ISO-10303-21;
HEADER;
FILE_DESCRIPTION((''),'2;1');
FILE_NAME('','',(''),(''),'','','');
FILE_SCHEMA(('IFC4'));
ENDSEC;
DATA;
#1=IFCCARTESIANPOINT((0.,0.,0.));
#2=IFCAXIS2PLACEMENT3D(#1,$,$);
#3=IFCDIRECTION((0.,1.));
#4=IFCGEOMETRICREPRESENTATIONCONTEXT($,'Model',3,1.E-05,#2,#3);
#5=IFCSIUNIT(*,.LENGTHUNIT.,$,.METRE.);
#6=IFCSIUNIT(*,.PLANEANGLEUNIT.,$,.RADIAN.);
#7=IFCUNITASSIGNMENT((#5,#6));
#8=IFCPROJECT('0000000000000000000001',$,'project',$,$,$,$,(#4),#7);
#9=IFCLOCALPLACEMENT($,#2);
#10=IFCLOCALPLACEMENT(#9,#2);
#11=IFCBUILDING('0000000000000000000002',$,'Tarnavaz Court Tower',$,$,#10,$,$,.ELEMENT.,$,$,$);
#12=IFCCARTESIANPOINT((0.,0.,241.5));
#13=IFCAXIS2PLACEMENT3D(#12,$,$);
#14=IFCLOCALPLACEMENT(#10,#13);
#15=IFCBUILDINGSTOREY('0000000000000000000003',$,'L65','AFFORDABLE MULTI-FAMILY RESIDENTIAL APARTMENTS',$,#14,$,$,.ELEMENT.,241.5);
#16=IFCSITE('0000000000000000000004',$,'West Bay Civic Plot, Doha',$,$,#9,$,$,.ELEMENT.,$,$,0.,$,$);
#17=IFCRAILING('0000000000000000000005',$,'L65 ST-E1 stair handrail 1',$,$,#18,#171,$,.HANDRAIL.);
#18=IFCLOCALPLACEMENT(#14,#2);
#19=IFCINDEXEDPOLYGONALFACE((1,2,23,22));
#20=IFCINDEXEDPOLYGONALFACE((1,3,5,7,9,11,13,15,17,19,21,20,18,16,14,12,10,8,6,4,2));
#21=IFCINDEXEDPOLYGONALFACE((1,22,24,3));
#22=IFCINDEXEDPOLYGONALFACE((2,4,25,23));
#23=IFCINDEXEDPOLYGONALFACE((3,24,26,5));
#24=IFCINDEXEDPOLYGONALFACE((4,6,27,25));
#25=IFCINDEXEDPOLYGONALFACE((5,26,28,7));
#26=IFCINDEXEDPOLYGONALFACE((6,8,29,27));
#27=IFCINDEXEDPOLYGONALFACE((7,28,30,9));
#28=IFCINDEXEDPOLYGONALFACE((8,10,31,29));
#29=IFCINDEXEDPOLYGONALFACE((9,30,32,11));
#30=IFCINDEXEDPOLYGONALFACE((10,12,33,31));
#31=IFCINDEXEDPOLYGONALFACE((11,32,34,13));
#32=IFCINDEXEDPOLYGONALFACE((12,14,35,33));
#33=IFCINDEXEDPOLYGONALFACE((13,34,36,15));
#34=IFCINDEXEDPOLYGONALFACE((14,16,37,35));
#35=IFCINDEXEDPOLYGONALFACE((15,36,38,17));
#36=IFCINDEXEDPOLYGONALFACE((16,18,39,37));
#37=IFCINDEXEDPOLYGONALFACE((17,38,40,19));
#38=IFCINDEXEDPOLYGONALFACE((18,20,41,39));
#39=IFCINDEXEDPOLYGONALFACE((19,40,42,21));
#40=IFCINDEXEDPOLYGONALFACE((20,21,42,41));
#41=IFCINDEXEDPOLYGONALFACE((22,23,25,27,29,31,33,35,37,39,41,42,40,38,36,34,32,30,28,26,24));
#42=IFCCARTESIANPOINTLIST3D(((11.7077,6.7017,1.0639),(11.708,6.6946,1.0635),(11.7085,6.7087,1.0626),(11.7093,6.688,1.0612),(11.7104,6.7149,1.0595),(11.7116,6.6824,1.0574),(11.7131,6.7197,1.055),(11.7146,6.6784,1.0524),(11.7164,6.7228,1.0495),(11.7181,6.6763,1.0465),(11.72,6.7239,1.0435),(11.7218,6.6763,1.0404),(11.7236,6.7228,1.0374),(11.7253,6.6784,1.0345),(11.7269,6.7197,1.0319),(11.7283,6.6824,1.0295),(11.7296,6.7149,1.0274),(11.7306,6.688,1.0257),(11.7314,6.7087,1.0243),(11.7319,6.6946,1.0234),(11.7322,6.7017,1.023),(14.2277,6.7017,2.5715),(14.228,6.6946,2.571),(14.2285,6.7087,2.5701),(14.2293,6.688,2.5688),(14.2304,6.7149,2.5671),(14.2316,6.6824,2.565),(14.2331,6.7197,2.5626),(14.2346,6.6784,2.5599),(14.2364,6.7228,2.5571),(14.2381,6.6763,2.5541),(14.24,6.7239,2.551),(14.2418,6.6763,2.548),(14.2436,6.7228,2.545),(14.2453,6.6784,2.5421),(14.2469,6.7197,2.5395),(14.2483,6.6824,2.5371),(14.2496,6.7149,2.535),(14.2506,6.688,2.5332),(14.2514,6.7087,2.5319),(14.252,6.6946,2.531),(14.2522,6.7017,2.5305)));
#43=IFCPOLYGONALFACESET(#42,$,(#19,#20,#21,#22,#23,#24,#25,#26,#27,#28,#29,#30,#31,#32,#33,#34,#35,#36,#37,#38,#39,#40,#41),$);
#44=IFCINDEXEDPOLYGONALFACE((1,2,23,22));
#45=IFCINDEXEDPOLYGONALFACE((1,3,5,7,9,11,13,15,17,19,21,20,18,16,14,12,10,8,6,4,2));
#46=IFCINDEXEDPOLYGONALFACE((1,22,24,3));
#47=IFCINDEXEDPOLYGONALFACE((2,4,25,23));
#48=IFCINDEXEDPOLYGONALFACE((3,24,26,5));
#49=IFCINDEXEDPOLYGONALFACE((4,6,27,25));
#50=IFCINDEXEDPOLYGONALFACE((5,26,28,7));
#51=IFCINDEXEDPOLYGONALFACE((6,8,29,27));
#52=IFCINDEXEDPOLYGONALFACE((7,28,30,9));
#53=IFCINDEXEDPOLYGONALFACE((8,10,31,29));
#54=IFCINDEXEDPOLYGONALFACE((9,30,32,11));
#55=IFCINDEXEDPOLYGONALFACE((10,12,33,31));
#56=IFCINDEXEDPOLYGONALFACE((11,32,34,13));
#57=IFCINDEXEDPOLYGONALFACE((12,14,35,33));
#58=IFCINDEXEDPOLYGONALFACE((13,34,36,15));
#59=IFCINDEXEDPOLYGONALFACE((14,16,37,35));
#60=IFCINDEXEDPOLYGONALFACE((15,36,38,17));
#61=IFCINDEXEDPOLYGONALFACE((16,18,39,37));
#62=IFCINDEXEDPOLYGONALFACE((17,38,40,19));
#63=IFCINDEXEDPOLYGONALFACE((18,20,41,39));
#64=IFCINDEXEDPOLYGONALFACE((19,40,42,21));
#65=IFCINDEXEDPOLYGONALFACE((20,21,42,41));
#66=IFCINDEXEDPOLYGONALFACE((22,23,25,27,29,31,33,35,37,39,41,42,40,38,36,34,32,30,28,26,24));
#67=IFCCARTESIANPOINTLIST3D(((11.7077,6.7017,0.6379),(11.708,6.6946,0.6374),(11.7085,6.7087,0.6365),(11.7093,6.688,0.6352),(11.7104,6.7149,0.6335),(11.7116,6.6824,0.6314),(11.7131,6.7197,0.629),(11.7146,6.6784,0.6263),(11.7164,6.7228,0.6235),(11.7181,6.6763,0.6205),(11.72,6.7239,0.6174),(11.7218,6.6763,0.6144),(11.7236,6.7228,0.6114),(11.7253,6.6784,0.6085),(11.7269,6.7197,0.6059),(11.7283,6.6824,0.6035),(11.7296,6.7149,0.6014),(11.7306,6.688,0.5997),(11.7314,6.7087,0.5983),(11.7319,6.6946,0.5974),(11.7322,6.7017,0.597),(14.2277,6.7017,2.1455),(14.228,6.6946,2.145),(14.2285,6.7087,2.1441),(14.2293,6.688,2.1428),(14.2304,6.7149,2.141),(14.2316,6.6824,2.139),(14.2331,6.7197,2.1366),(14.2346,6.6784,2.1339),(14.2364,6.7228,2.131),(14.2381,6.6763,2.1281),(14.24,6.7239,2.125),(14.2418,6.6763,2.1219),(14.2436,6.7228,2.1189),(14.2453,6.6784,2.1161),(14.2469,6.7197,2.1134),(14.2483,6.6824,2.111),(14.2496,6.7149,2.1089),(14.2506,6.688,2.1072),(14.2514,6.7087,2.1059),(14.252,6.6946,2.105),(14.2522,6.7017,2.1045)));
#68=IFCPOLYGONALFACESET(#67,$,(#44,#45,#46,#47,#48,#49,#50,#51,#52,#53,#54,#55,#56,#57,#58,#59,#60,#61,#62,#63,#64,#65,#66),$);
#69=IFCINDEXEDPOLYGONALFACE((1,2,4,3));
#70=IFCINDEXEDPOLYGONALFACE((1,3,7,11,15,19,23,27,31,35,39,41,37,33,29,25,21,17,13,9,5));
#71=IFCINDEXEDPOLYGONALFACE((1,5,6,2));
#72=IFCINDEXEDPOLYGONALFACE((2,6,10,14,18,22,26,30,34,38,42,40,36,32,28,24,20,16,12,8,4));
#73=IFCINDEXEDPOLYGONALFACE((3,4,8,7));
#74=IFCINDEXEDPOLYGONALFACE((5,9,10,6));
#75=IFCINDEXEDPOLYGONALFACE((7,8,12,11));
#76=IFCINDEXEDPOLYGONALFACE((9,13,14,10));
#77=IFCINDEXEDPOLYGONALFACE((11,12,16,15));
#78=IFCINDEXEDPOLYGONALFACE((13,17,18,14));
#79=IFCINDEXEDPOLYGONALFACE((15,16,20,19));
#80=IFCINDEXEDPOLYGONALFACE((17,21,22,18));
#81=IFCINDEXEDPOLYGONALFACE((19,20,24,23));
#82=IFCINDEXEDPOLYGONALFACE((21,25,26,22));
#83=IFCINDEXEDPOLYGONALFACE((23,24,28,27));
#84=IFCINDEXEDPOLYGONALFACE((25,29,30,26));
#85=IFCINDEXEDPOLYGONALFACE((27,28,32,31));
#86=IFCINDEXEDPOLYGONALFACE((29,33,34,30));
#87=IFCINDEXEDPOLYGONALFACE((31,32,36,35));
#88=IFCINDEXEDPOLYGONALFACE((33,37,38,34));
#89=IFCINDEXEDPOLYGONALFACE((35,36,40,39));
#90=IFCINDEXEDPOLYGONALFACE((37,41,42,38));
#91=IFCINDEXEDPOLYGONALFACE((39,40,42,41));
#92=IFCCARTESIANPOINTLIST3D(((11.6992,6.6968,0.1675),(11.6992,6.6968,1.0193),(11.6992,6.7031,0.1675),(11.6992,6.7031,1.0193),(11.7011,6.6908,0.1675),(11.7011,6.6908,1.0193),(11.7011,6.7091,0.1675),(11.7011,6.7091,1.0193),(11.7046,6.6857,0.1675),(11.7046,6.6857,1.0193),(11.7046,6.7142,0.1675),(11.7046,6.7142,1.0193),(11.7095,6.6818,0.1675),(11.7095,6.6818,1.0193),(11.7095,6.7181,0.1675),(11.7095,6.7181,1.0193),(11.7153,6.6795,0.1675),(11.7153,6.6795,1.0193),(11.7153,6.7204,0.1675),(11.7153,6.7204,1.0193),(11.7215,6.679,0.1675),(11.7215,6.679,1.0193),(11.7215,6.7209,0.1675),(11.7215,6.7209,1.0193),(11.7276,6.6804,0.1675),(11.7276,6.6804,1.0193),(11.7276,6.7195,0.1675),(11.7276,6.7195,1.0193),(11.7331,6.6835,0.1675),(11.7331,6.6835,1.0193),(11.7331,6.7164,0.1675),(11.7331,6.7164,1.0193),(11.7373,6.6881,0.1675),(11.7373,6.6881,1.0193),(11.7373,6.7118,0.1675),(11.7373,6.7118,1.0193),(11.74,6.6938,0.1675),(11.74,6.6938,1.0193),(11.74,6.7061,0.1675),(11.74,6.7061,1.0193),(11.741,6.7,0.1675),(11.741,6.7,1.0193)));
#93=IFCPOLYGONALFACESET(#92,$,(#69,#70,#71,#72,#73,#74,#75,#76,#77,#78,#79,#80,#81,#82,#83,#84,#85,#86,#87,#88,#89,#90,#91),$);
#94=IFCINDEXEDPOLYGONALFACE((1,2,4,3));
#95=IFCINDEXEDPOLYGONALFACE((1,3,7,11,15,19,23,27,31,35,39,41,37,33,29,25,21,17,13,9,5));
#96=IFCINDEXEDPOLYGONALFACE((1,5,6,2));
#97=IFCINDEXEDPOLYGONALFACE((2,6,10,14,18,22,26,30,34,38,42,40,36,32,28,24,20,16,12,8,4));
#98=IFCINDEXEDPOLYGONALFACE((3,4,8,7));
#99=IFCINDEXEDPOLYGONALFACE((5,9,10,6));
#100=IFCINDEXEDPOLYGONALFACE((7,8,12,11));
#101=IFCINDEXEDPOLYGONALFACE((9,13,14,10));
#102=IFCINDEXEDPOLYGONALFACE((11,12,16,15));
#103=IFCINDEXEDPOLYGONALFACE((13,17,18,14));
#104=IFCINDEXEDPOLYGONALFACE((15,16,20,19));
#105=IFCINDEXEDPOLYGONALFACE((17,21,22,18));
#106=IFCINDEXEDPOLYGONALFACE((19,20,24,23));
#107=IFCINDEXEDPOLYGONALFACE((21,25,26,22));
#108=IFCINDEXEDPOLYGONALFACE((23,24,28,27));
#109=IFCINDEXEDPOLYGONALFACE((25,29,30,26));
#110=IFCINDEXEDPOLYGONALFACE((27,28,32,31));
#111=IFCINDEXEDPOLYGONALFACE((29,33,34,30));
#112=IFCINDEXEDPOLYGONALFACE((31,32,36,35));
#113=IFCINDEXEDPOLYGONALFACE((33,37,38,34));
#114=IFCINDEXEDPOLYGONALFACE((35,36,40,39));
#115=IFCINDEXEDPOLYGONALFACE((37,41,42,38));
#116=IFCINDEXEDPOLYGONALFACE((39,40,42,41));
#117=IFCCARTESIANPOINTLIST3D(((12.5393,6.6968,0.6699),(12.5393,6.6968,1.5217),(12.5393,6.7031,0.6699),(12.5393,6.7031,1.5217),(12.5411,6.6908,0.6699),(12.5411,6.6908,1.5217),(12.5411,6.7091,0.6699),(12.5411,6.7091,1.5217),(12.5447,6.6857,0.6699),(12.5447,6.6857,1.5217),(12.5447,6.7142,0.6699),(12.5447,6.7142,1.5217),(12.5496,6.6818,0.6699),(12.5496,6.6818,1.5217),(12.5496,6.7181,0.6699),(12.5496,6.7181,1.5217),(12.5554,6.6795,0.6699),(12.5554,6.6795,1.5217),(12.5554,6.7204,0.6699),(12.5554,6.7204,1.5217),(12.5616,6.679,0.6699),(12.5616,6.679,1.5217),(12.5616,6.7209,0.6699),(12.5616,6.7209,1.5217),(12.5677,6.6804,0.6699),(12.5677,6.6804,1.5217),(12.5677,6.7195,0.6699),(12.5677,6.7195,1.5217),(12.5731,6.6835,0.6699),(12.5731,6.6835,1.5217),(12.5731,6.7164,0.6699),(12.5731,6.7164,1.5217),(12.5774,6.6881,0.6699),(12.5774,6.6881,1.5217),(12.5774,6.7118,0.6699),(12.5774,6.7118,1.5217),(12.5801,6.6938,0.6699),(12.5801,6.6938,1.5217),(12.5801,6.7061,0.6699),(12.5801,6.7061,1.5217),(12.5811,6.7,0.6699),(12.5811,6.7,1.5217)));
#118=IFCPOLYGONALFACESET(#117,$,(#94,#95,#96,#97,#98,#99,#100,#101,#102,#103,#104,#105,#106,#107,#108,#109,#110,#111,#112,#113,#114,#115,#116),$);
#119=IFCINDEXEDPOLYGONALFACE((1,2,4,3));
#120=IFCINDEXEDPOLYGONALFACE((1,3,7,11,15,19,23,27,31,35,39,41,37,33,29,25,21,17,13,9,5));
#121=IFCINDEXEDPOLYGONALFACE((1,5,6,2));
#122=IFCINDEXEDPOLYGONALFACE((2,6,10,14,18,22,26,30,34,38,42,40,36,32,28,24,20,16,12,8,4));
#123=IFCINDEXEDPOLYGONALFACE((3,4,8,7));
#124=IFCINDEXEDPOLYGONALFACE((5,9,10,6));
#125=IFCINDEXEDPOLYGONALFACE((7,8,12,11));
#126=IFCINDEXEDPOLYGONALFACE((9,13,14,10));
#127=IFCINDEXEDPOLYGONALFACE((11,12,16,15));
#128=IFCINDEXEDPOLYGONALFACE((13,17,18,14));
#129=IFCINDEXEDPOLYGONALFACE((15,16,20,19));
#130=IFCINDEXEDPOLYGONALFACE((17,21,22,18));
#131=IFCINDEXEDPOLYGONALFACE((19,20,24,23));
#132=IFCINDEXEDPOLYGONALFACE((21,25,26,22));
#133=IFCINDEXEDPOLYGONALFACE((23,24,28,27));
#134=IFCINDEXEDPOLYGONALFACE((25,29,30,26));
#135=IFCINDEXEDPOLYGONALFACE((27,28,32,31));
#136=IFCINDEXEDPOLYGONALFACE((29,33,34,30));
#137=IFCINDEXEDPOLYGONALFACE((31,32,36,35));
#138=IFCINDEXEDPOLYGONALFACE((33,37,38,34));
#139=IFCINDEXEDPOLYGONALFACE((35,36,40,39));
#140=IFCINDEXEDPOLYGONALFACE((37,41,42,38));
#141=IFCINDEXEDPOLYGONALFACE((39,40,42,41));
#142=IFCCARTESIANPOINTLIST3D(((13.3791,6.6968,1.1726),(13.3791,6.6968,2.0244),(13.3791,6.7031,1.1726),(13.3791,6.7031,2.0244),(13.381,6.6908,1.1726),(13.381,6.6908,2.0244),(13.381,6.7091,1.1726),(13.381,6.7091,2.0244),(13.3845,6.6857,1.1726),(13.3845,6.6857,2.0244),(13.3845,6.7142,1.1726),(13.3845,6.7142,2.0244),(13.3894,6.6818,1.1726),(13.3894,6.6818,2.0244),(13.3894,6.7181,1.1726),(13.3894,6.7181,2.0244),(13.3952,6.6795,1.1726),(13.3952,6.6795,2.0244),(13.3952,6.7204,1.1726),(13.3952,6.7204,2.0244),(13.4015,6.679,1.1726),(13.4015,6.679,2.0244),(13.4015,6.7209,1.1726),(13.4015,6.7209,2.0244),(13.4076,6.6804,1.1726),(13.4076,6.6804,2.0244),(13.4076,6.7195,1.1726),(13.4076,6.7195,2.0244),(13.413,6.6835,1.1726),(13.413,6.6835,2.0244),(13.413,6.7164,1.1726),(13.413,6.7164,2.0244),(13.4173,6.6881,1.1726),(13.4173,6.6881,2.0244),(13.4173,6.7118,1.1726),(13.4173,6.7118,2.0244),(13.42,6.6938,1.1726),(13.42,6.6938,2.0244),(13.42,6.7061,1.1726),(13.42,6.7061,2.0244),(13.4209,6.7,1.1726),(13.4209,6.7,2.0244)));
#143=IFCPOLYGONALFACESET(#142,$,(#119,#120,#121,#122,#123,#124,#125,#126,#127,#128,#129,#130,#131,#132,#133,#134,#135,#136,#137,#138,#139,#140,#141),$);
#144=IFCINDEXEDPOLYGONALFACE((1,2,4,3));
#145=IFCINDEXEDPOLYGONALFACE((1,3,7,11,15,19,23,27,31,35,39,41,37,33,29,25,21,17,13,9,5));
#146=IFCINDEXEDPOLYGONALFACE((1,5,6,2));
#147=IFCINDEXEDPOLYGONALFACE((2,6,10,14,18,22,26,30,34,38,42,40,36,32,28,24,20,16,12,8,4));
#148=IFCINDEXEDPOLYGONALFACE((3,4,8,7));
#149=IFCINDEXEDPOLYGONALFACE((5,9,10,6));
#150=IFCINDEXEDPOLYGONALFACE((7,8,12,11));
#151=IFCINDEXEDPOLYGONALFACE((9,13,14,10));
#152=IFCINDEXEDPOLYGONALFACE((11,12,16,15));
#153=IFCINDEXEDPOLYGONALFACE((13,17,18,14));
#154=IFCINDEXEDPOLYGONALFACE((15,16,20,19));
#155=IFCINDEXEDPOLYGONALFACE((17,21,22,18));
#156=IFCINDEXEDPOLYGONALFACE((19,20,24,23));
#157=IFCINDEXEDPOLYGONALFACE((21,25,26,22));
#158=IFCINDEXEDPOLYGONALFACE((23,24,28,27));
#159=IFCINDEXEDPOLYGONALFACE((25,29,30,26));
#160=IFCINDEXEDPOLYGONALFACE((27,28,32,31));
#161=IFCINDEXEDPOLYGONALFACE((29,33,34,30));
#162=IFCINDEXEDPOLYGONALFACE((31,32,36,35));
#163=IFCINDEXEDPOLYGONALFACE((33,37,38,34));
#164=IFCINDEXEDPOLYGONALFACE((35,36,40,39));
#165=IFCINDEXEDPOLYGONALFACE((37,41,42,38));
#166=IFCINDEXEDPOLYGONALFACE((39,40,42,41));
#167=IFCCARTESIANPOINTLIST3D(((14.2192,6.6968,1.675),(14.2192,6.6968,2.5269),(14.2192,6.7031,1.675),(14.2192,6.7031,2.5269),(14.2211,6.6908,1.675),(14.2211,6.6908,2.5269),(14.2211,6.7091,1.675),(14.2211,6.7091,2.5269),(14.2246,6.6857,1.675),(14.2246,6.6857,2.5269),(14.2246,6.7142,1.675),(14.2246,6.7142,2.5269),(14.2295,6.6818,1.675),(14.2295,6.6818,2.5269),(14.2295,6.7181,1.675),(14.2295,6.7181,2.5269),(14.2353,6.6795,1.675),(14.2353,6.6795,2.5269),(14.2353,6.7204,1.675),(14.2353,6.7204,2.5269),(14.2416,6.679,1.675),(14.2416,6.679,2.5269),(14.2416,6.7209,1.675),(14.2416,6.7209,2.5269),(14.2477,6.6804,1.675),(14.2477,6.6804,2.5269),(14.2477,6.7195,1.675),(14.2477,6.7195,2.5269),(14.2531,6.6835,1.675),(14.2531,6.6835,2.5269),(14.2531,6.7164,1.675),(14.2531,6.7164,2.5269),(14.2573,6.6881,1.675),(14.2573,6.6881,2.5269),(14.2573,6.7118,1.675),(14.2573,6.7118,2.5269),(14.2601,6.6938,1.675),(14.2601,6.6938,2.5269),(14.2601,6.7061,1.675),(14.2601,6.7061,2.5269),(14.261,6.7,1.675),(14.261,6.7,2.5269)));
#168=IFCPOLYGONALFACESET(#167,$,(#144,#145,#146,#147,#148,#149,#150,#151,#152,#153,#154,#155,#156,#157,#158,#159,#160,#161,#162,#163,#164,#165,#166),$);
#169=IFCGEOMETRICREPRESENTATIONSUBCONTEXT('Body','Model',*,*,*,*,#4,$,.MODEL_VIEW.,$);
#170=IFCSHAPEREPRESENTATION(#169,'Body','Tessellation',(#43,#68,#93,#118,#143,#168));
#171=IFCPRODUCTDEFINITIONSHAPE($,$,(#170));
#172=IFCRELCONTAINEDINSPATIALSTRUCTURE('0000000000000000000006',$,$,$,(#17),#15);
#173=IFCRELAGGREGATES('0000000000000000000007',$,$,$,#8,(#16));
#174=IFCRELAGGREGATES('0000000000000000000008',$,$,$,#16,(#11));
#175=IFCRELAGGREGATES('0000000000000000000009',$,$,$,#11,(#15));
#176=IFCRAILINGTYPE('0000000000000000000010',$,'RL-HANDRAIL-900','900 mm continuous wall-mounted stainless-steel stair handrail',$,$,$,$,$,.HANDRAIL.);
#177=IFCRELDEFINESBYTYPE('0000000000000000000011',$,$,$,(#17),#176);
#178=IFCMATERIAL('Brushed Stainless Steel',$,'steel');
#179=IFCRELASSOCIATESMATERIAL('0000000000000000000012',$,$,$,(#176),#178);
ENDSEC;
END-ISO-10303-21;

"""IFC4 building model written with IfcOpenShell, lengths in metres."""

from ifc_helpers import new_model, si_unit, direction, frame, origin, origin_2d, place, context, subcontext, project, spatial, circle, extrude, material, type_object, element, save


model = new_model("IFC4")

# Units and contexts
model_context = context("Model", 3, precision=1e-05, world=origin(), true_north=direction((0.0, 1.0)))
body_context = subcontext(model_context, "Body", "Model", "MODEL_VIEW")
ifc_project = project(units=[si_unit("LENGTHUNIT", "METRE"), si_unit("PLANEANGLEUNIT", "RADIAN")], contexts=[model_context])

# Site, building, storey
site_placement = place(None, origin())
site = spatial("IfcSite", under=ifc_project, at=site_placement, Name="West Bay Civic Plot, Doha", CompositionType="ELEMENT", RefElevation=0.0)
building_placement = place(site_placement, origin())
building = spatial("IfcBuilding", under=site, at=building_placement, Name="Tarnavaz Court Tower", CompositionType="ELEMENT")
storey_placement = place(building_placement, frame((0.0, 0.0, 241.5)))
storey = spatial("IfcBuildingStorey", under=building, at=storey_placement, Name="L65", Description="AFFORDABLE MULTI-FAMILY RESIDENTIAL APARTMENTS", CompositionType="ELEMENT", Elevation=241.5)

# Railing
ifc_material_1 = material(Name="Brushed Stainless Steel", Category="steel")
railing_type_1 = type_object("IfcRailingType", Name="RL-HANDRAIL-900", Description="900 mm continuous wall-mounted stainless-steel stair handrail", PredefinedType="HANDRAIL", material=ifc_material_1)
railing_1_placement = place(storey_placement, frame((11.72, 6.7, 0.1675)))
element("IfcRailing", 1, at=railing_1_placement, inside=storey, type_object=railing_type_1, Name="L65 ST-E1 stair handrail 1", PredefinedType="HANDRAIL", context=body_context, shape_type="SweptSolid", body=[
    extrude(circle(Radius=0.0239, at=origin_2d()), frame((0.0, 0.0, 0.876), z_axis=(0.85816, 0.0, 0.513383), x_axis=(0.0, 1.0, 0.0)), (0.0, 0.0, 1.0), 2.9365),
    extrude(circle(Radius=0.0239, at=origin_2d()), frame((0.0, 0.0, 0.45), z_axis=(0.85816, 0.0, 0.513383), x_axis=(0.0, 1.0, 0.0)), (0.0, 0.0, 1.0), 2.9365),
    extrude(circle(Radius=0.021, at=origin_2d()), origin(), (0.0, 0.0, 1.0), 0.8518),
    extrude(circle(Radius=0.021, at=origin_2d()), frame((0.8401, 0.0, 0.5024)), (0.0, 0.0, 1.0), 0.8518),
    extrude(circle(Radius=0.021, at=origin_2d()), frame((1.6799, 0.0, 1.0051)), (0.0, 0.0, 1.0), 0.8518),
    extrude(circle(Radius=0.021, at=origin_2d()), frame((2.52, 0.0, 1.5076)), (0.0, 0.0, 1.0), 0.8518),
])

save(model, "model.ifc")
